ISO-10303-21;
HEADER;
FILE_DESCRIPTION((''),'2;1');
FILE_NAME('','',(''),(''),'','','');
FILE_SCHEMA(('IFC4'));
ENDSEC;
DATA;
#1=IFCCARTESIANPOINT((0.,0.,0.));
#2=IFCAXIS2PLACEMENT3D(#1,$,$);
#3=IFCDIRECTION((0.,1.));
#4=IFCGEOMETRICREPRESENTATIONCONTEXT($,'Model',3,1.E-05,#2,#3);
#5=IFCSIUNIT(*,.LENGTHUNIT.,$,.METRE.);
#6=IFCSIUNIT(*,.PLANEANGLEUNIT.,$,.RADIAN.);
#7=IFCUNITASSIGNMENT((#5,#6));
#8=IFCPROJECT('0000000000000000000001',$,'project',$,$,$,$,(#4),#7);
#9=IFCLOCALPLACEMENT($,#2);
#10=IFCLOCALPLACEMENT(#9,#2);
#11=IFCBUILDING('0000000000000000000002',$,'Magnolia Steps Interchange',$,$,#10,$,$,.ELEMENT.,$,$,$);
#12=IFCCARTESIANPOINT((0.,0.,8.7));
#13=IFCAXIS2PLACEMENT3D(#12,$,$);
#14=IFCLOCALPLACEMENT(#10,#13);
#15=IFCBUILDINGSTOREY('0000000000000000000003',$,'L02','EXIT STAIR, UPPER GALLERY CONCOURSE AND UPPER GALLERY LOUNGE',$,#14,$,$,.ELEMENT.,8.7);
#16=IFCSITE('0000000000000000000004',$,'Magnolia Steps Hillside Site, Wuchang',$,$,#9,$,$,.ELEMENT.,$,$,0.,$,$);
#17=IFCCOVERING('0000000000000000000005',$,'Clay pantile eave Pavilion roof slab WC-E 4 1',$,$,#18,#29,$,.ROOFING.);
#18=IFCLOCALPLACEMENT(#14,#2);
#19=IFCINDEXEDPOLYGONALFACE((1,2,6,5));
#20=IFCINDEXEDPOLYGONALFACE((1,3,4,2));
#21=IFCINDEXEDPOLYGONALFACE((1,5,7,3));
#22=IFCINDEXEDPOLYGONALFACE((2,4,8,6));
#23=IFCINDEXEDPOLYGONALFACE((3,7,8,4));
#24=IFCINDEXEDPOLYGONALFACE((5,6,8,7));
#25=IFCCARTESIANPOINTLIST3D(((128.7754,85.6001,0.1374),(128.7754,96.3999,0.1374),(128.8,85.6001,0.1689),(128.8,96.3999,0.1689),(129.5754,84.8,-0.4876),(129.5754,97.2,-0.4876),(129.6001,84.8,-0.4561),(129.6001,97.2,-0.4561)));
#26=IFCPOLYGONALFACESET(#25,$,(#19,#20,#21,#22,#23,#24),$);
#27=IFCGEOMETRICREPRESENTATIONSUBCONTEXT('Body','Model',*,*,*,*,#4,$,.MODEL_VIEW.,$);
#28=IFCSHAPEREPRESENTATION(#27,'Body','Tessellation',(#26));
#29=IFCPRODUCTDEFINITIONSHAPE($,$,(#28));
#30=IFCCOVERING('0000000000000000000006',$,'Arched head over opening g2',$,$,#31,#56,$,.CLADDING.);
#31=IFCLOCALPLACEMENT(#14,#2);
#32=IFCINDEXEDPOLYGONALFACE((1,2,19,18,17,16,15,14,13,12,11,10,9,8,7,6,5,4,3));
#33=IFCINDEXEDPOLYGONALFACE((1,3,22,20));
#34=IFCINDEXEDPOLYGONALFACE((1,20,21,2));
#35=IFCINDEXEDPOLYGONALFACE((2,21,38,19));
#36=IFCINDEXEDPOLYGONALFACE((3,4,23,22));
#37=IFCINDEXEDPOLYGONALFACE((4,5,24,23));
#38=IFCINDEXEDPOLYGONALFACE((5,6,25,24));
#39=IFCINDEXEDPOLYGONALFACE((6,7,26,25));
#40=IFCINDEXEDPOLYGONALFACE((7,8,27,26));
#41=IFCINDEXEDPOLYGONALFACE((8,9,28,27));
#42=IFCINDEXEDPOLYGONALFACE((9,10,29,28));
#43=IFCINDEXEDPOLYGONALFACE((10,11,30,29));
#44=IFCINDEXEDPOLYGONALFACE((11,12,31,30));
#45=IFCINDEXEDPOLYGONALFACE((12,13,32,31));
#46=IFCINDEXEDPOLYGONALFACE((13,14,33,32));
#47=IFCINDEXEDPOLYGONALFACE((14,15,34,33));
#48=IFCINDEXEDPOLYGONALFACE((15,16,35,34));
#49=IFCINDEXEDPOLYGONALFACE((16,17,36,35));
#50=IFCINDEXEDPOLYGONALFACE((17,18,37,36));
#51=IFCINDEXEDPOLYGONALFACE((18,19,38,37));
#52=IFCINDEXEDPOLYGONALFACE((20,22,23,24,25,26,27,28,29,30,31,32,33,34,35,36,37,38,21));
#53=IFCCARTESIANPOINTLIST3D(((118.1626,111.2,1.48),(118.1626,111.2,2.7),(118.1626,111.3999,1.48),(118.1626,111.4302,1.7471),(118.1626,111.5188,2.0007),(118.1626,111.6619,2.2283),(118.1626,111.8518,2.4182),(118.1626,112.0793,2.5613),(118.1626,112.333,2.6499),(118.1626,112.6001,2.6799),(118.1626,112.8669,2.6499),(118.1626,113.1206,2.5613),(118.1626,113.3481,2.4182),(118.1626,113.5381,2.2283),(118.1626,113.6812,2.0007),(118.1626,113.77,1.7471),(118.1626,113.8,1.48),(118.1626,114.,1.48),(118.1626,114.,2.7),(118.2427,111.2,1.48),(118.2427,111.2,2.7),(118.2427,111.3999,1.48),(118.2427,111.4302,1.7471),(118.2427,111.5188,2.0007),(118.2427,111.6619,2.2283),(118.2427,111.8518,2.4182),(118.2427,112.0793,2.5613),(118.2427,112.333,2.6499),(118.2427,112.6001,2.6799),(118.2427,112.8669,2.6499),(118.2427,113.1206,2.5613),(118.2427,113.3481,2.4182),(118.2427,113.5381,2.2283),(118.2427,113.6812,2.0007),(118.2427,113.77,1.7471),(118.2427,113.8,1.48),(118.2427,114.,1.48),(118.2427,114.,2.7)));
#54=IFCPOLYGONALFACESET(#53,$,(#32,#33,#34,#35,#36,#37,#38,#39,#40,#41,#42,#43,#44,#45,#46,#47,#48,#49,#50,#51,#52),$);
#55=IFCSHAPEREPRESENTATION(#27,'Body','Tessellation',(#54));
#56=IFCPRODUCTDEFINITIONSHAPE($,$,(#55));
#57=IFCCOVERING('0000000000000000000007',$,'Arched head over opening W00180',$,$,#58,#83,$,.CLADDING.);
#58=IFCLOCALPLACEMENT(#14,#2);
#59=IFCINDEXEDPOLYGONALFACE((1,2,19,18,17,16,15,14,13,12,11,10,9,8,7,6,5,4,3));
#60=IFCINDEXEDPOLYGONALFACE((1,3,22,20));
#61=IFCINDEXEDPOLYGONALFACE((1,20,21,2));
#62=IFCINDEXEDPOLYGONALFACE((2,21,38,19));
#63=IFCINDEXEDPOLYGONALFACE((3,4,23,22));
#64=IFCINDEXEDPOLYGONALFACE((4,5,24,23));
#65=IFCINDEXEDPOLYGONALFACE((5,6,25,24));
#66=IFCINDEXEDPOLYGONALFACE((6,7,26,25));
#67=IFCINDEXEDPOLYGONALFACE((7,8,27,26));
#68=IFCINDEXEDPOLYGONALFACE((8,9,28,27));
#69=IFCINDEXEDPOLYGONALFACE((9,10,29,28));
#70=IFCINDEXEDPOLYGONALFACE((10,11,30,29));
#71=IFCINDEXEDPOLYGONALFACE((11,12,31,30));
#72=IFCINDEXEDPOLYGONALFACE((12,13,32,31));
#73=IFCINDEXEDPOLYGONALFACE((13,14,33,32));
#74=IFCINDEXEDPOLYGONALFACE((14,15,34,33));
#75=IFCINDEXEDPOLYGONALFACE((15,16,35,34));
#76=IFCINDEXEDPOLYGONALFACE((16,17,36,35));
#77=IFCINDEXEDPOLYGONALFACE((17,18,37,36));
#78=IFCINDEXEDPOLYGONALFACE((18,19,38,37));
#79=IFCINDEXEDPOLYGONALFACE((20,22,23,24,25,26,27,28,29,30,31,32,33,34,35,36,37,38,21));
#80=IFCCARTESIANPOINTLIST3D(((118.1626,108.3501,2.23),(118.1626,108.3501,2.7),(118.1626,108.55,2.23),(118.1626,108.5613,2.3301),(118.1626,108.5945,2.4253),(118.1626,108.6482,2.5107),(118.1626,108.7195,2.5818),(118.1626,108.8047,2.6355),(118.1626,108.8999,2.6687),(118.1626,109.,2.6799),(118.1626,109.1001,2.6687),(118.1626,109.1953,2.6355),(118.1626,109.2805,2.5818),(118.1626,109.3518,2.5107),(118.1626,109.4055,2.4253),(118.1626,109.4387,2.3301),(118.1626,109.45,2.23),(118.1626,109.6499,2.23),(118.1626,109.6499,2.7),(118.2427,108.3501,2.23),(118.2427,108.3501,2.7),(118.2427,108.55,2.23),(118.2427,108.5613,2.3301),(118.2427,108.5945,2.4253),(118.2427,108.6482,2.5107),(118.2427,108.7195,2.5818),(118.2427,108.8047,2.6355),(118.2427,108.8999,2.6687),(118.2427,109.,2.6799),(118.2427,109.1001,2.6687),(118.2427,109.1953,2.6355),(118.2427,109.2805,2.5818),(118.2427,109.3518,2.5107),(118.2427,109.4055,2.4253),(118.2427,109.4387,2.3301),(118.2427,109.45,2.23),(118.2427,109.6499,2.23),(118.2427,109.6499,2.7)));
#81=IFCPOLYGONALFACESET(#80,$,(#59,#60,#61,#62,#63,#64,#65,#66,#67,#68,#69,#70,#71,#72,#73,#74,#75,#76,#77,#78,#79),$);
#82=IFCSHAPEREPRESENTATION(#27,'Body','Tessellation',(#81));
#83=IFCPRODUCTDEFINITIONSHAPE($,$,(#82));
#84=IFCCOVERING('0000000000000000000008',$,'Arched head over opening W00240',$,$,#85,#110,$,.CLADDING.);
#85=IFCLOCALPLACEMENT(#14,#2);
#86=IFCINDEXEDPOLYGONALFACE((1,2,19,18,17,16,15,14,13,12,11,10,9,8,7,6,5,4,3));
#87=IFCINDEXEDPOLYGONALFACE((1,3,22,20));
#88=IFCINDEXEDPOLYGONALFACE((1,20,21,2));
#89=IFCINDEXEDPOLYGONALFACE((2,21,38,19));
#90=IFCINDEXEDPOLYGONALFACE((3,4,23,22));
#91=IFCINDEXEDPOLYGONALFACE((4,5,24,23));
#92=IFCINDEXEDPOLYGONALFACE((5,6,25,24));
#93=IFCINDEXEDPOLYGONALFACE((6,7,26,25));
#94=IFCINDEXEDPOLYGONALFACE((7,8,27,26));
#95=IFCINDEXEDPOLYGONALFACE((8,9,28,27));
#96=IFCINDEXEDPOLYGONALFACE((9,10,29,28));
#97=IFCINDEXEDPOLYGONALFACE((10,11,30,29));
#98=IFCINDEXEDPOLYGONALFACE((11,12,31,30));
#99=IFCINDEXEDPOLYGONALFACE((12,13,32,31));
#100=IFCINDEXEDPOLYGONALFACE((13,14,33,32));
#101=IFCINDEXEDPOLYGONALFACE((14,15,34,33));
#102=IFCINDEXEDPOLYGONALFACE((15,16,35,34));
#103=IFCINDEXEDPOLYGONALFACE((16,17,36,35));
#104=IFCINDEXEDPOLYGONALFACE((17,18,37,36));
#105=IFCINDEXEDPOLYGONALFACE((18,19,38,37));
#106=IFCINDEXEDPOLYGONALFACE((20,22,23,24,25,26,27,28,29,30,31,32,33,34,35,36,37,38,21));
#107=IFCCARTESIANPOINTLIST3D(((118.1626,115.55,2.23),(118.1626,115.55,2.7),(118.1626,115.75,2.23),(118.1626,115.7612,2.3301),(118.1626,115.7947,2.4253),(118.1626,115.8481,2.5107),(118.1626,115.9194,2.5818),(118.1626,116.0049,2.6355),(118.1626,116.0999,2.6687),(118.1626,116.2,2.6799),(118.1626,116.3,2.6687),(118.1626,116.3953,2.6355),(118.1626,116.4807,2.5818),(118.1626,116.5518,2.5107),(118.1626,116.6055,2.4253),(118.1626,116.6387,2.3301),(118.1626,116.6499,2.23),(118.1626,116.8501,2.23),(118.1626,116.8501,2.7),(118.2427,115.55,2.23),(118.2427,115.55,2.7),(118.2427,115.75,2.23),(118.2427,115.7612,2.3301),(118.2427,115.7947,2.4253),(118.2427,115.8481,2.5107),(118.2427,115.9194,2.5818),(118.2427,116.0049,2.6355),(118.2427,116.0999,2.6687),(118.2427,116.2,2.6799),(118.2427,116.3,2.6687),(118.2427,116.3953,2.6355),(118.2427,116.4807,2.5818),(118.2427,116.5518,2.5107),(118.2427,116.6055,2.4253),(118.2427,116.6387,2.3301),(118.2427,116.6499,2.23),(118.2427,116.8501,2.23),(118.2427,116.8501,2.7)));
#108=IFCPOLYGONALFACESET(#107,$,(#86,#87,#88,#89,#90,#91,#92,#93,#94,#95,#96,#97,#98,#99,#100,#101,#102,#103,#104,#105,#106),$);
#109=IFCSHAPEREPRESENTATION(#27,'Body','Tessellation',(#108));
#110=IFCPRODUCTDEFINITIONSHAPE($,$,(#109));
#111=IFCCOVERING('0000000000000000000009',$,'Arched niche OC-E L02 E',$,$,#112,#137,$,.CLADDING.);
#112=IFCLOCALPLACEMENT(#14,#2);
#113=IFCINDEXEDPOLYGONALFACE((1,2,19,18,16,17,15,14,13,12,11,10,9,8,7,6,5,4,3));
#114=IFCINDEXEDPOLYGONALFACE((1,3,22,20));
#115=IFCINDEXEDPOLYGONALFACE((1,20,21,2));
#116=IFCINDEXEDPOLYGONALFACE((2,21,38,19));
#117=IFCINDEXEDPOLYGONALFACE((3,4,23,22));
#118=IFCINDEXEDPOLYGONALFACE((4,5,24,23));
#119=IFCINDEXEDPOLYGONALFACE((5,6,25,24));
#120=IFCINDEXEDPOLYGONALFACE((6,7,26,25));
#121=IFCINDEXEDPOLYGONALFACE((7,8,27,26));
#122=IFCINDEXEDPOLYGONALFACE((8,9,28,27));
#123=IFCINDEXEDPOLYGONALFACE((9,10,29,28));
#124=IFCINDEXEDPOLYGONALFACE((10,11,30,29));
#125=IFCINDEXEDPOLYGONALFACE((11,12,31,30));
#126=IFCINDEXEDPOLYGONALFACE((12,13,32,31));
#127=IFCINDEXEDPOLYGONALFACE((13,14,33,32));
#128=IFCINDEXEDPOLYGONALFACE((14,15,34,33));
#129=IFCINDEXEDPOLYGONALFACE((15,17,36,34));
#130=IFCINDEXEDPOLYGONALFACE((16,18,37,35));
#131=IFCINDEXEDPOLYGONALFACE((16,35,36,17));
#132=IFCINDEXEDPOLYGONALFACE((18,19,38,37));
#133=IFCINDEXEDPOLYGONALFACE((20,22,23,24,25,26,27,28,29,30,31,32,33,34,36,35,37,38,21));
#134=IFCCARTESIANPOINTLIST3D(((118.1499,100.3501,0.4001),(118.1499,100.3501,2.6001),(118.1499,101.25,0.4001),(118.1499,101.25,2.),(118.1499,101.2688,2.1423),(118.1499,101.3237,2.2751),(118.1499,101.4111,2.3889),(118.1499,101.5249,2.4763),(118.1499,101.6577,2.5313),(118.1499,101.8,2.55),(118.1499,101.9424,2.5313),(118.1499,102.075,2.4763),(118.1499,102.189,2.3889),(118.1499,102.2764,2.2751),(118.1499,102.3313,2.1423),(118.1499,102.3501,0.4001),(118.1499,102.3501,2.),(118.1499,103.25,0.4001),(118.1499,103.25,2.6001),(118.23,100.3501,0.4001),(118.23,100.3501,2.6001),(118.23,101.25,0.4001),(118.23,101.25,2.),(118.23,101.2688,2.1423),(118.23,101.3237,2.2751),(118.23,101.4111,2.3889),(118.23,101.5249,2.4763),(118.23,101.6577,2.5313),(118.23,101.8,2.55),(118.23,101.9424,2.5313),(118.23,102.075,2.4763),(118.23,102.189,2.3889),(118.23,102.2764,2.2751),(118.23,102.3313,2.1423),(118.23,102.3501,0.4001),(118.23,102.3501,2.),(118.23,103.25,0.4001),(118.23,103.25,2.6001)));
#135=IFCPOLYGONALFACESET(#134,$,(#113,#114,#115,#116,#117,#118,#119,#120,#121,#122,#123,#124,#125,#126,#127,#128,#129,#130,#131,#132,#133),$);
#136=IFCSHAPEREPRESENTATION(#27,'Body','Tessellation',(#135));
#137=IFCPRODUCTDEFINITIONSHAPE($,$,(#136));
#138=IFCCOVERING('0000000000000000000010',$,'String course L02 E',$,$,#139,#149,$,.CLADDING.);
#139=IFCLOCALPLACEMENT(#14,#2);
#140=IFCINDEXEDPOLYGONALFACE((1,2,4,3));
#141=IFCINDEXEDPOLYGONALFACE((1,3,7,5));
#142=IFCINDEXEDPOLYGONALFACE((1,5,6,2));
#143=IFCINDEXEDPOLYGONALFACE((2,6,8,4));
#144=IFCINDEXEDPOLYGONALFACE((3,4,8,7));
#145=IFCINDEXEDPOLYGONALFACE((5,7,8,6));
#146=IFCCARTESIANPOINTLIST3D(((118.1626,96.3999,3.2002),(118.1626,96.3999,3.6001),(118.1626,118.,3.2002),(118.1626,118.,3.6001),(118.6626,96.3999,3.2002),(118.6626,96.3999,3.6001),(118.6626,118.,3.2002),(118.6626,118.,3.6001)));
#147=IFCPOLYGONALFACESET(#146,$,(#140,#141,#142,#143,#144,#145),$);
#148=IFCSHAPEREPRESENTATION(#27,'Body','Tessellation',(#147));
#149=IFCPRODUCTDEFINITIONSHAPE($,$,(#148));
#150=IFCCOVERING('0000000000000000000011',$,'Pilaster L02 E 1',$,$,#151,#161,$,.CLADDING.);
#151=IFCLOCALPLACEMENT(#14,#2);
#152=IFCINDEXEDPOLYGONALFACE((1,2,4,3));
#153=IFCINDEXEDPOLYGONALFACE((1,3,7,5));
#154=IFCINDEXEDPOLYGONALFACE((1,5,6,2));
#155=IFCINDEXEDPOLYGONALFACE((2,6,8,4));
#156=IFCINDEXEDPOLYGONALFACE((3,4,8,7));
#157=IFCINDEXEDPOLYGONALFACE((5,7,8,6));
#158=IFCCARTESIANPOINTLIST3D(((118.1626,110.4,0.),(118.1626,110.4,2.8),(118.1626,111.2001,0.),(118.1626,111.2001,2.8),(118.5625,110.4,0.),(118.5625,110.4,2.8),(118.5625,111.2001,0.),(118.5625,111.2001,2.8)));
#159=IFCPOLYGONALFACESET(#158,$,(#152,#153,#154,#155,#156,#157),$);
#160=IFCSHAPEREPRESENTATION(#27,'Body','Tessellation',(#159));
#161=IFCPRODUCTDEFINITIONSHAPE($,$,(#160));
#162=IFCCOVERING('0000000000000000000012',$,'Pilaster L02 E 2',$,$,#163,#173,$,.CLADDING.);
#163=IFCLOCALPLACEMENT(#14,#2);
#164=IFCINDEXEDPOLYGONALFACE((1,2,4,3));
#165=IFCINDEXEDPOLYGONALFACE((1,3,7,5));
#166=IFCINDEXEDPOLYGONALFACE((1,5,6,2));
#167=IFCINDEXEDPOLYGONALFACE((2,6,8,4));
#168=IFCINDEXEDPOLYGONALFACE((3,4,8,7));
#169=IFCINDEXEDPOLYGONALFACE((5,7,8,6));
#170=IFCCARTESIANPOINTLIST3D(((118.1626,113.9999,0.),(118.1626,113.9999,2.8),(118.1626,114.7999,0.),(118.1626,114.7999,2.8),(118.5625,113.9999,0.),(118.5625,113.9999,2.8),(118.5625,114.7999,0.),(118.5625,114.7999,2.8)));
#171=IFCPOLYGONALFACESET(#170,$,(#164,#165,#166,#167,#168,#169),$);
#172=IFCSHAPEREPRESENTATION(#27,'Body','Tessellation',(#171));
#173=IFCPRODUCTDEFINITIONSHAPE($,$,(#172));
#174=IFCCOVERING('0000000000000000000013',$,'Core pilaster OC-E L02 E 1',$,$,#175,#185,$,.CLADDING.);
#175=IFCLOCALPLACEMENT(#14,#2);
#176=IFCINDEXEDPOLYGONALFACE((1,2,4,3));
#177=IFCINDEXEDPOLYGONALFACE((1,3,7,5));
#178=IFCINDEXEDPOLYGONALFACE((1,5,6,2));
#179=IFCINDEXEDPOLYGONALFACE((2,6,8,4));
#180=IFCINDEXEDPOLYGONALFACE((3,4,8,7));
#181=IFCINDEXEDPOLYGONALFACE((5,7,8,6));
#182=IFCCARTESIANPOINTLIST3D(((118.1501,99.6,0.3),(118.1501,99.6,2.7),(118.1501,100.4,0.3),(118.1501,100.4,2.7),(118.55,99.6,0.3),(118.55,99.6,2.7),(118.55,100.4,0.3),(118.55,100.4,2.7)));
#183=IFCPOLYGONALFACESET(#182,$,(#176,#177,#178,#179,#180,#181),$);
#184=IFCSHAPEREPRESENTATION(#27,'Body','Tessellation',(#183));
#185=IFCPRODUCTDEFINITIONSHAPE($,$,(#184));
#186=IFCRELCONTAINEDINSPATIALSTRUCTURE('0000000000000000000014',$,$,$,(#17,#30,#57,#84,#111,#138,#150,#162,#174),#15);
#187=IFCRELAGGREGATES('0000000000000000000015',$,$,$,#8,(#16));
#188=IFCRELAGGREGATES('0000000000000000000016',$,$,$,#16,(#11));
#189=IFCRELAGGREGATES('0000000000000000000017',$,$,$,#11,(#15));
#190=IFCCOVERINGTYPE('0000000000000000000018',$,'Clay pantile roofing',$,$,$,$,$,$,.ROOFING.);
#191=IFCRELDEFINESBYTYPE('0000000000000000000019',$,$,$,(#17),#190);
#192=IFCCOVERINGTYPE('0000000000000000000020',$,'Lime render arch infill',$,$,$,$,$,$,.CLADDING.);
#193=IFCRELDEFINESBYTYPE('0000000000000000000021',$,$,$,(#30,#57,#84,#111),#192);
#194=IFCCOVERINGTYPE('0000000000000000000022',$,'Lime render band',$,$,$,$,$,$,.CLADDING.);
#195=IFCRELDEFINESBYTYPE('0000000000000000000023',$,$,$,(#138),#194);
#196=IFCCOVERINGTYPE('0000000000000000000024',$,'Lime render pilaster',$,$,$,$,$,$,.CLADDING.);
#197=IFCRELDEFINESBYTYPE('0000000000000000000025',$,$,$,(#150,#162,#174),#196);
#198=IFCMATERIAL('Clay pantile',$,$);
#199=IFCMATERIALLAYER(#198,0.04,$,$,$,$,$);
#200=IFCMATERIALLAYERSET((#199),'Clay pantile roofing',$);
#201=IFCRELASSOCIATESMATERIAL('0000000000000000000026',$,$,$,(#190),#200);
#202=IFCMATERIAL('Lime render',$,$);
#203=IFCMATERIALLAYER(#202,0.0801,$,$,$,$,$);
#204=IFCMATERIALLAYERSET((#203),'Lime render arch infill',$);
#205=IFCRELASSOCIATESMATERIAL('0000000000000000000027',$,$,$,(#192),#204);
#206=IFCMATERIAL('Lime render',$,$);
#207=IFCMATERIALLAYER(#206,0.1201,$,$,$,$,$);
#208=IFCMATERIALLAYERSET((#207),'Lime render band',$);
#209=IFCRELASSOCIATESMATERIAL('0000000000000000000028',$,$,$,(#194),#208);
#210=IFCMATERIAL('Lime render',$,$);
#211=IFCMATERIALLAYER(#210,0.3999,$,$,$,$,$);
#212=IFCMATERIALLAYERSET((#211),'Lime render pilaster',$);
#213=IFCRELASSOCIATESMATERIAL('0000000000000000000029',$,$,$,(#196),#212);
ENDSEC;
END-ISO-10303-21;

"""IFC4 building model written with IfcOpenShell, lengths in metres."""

from ifc_helpers import new_model, si_unit, direction, frame, origin, origin_2d, place, context, subcontext, project, spatial, polyline, rectangle, outline, extrude, material, layer, layer_set, type_object, element, save


model = new_model("IFC4")

# Units and contexts
model_context = context("Model", 3, precision=1e-05, world=origin(), true_north=direction((0.0, 1.0)))
body_context = subcontext(model_context, "Body", "Model", "MODEL_VIEW")
ifc_project = project(units=[si_unit("LENGTHUNIT", "METRE"), si_unit("PLANEANGLEUNIT", "RADIAN")], contexts=[model_context])

# Site, building, storey
site_placement = place(None, origin())
site = spatial("IfcSite", under=ifc_project, at=site_placement, Name="Magnolia Steps Hillside Site, Wuchang", CompositionType="ELEMENT", RefElevation=0.0)
building_placement = place(site_placement, origin())
building = spatial("IfcBuilding", under=site, at=building_placement, Name="Magnolia Steps Interchange", CompositionType="ELEMENT")
storey_placement = place(building_placement, frame((0.0, 0.0, 8.7)))
storey = spatial("IfcBuildingStorey", under=building, at=storey_placement, Name="L02", Description="EXIT STAIR, UPPER GALLERY CONCOURSE AND UPPER GALLERY LOUNGE", CompositionType="ELEMENT", Elevation=8.7)

# Coverings
ifc_material_1 = material(Name="Clay pantile")
ifc_layer_1 = layer(ifc_material_1, 0.04)
ifc_layer_set_1 = layer_set([ifc_layer_1], Name="Clay pantile roofing")
covering_type_1 = type_object("IfcCoveringType", Name="Clay pantile roofing", PredefinedType="ROOFING", material=ifc_layer_set_1)
covering_1_placement = place(storey_placement, frame((128.8, 85.6001, 0.1689), z_axis=(0.615621, 0.0, 0.788043), x_axis=(0.0, 1.0, 0.0)))
element("IfcCovering", 1, at=covering_1_placement, inside=storey, type_object=covering_type_1, Name="Clay pantile eave Pavilion roof slab WC-E 4 1", PredefinedType="ROOFING", context=body_context, shape_type="SweptSolid", body=[
    extrude(outline(polyline([(0.0, 0.0), (10.7998, 0.0), (11.5999, -1.0152), (-0.8, -1.0152), (0.0, 0.0)])), origin(), (0.0, 0.0, -1.0), 0.04),
])
ifc_material_2 = material(Name="Lime render")
ifc_layer_2 = layer(ifc_material_2, 0.0801)
ifc_layer_set_2 = layer_set([ifc_layer_2], Name="Lime render arch infill")
covering_type_2 = type_object("IfcCoveringType", Name="Lime render arch infill", PredefinedType="CLADDING", material=ifc_layer_set_2)
covering_2_placement = place(storey_placement, frame((118.1626, 111.2, 1.48), z_axis=(-1.0, 0.0, 0.0), x_axis=(0.0, 0.0, 1.0)))
element("IfcCovering", 2, at=covering_2_placement, inside=storey, type_object=covering_type_2, Name="Arched head over opening g2", PredefinedType="CLADDING", context=body_context, shape_type="SweptSolid", body=[
    extrude(outline(polyline([(0.0, 0.0), (1.22, 0.0), (1.22, 2.8), (0.0, 2.8), (0.0, 2.6001), (0.2671, 2.5701), (0.5208, 2.4812), (0.7483, 2.3381), (0.9382, 2.1482), (1.0813, 1.9207), (1.1699, 1.667), (1.2, 1.4001), (1.1699, 1.1331), (1.0813, 0.8794), (0.9382, 0.6519), (0.7483, 0.4619), (0.5208, 0.3188), (0.2671, 0.2302), (0.0, 0.2), (0.0, 0.0)])), origin(), (0.0, 0.0, -1.0), 0.0801),
])
covering_3_placement = place(storey_placement, frame((118.1626, 108.3501, 2.23), z_axis=(-1.0, 0.0, 0.0), x_axis=(0.0, 0.0, 1.0)))
element("IfcCovering", 3, at=covering_3_placement, inside=storey, type_object=covering_type_2, Name="Arched head over opening W00180", PredefinedType="CLADDING", context=body_context, shape_type="SweptSolid", body=[
    extrude(outline(polyline([(0.0, 0.0), (0.47, 0.0), (0.47, 1.2998), (0.0, 1.2998), (0.0, 1.0999), (0.1001, 1.0886), (0.1953, 1.0554), (0.2808, 1.0017), (0.3518, 0.9304), (0.4055, 0.8452), (0.4387, 0.75), (0.45, 0.6499), (0.4387, 0.5498), (0.4055, 0.4546), (0.3518, 0.3694), (0.2808, 0.2981), (0.1953, 0.2444), (0.1001, 0.2112), (0.0, 0.2), (0.0, 0.0)])), origin(), (0.0, 0.0, -1.0), 0.0801),
])
covering_4_placement = place(storey_placement, frame((118.1626, 115.55, 2.23), z_axis=(-1.0, 0.0, 0.0), x_axis=(0.0, 0.0, 1.0)))
element("IfcCovering", 4, at=covering_4_placement, inside=storey, type_object=covering_type_2, Name="Arched head over opening W00240", PredefinedType="CLADDING", context=body_context, shape_type="SweptSolid", body=[
    extrude(outline(polyline([(0.0, 0.0), (0.47, 0.0), (0.47, 1.3), (0.0, 1.3), (0.0, 1.0999), (0.1001, 1.0886), (0.1953, 1.0554), (0.2808, 1.0017), (0.3518, 0.9307), (0.4055, 0.8452), (0.4387, 0.75), (0.45, 0.6499), (0.4387, 0.5498), (0.4055, 0.4548), (0.3518, 0.3694), (0.2808, 0.2981), (0.1953, 0.2446), (0.1001, 0.2112), (0.0, 0.2), (0.0, 0.0)])), origin(), (0.0, 0.0, -1.0), 0.0801),
])
covering_5_placement = place(storey_placement, frame((118.1499, 100.3501, 0.4001), z_axis=(-1.0, 0.0, 0.0), x_axis=(0.0, 0.0, 1.0)))
element("IfcCovering", 5, at=covering_5_placement, inside=storey, type_object=covering_type_2, Name="Arched niche OC-E L02 E", PredefinedType="CLADDING", context=body_context, shape_type="SweptSolid", body=[
    extrude(outline(polyline([(0.0, 0.0), (2.2, 0.0), (2.2, 2.8999), (0.0, 2.8999), (0.0, 2.0), (1.5999, 2.0), (1.7422, 1.9812), (1.875, 1.9263), (1.9888, 1.8389), (2.0762, 1.7249), (2.1311, 1.5923), (2.1499, 1.45), (2.1311, 1.3076), (2.0762, 1.1748), (1.9888, 1.061), (1.875, 0.9736), (1.7422, 0.9187), (1.5999, 0.8999), (0.0, 0.8999), (0.0, 0.0)])), origin(), (0.0, 0.0, -1.0), 0.0801),
])
ifc_material_3 = material(Name="Lime render")
ifc_layer_3 = layer(ifc_material_3, 0.1201)
ifc_layer_set_3 = layer_set([ifc_layer_3], Name="Lime render band")
covering_type_3 = type_object("IfcCoveringType", Name="Lime render band", PredefinedType="CLADDING", material=ifc_layer_set_3)
covering_6_placement = place(storey_placement, frame((118.4126, 107.2, 3.2002), z_axis=(0.0, 0.0, 1.0), x_axis=(1.0, 0.0, 0.0)))
element("IfcCovering", 6, at=covering_6_placement, inside=storey, type_object=covering_type_3, Name="String course L02 E", PredefinedType="CLADDING", context=body_context, shape_type="SweptSolid", body=[
    extrude(rectangle(XDim=0.5, YDim=21.6001, at=origin_2d()), origin(), (0.0, 0.0, 1.0), 0.3999),
])
ifc_material_4 = material(Name="Lime render")
ifc_layer_4 = layer(ifc_material_4, 0.3999)
ifc_layer_set_4 = layer_set([ifc_layer_4], Name="Lime render pilaster")
covering_type_4 = type_object("IfcCoveringType", Name="Lime render pilaster", PredefinedType="CLADDING", material=ifc_layer_set_4)
for number, where, z_axis, x_axis, name in (
    (7, (118.3625, 110.8, 0.0), (0.0, 0.0, 1.0), (1.0, 0.0, 0.0), "Pilaster L02 E 1"),
    (8, (118.3625, 114.3999, 0.0), (0.0, 0.0, 1.0), (1.0, 0.0, 0.0), "Pilaster L02 E 2"),
):
    element("IfcCovering", number, at=place(storey_placement, frame(where, z_axis=z_axis, x_axis=x_axis)), inside=storey, type_object=covering_type_4, Name=name, PredefinedType="CLADDING", context=body_context, shape_type="SweptSolid", body=[
        extrude(rectangle(XDim=0.3999, YDim=0.8, at=origin_2d()), origin(), (0.0, 0.0, 1.0), 2.8),
    ])
for number, where, z_axis, x_axis, name in (
    (9, (118.3501, 100.0, 0.3), (0.0, 0.0, 1.0), (1.0, 0.0, 0.0), "Core pilaster OC-E L02 E 1"),
):
    element("IfcCovering", number, at=place(storey_placement, frame(where, z_axis=z_axis, x_axis=x_axis)), inside=storey, type_object=covering_type_4, Name=name, PredefinedType="CLADDING", context=body_context, shape_type="SweptSolid", body=[
        extrude(rectangle(XDim=0.3999, YDim=0.8, at=origin_2d()), origin(), (0.0, 0.0, 1.0), 2.3999),
    ])

save(model, "model.ifc")
